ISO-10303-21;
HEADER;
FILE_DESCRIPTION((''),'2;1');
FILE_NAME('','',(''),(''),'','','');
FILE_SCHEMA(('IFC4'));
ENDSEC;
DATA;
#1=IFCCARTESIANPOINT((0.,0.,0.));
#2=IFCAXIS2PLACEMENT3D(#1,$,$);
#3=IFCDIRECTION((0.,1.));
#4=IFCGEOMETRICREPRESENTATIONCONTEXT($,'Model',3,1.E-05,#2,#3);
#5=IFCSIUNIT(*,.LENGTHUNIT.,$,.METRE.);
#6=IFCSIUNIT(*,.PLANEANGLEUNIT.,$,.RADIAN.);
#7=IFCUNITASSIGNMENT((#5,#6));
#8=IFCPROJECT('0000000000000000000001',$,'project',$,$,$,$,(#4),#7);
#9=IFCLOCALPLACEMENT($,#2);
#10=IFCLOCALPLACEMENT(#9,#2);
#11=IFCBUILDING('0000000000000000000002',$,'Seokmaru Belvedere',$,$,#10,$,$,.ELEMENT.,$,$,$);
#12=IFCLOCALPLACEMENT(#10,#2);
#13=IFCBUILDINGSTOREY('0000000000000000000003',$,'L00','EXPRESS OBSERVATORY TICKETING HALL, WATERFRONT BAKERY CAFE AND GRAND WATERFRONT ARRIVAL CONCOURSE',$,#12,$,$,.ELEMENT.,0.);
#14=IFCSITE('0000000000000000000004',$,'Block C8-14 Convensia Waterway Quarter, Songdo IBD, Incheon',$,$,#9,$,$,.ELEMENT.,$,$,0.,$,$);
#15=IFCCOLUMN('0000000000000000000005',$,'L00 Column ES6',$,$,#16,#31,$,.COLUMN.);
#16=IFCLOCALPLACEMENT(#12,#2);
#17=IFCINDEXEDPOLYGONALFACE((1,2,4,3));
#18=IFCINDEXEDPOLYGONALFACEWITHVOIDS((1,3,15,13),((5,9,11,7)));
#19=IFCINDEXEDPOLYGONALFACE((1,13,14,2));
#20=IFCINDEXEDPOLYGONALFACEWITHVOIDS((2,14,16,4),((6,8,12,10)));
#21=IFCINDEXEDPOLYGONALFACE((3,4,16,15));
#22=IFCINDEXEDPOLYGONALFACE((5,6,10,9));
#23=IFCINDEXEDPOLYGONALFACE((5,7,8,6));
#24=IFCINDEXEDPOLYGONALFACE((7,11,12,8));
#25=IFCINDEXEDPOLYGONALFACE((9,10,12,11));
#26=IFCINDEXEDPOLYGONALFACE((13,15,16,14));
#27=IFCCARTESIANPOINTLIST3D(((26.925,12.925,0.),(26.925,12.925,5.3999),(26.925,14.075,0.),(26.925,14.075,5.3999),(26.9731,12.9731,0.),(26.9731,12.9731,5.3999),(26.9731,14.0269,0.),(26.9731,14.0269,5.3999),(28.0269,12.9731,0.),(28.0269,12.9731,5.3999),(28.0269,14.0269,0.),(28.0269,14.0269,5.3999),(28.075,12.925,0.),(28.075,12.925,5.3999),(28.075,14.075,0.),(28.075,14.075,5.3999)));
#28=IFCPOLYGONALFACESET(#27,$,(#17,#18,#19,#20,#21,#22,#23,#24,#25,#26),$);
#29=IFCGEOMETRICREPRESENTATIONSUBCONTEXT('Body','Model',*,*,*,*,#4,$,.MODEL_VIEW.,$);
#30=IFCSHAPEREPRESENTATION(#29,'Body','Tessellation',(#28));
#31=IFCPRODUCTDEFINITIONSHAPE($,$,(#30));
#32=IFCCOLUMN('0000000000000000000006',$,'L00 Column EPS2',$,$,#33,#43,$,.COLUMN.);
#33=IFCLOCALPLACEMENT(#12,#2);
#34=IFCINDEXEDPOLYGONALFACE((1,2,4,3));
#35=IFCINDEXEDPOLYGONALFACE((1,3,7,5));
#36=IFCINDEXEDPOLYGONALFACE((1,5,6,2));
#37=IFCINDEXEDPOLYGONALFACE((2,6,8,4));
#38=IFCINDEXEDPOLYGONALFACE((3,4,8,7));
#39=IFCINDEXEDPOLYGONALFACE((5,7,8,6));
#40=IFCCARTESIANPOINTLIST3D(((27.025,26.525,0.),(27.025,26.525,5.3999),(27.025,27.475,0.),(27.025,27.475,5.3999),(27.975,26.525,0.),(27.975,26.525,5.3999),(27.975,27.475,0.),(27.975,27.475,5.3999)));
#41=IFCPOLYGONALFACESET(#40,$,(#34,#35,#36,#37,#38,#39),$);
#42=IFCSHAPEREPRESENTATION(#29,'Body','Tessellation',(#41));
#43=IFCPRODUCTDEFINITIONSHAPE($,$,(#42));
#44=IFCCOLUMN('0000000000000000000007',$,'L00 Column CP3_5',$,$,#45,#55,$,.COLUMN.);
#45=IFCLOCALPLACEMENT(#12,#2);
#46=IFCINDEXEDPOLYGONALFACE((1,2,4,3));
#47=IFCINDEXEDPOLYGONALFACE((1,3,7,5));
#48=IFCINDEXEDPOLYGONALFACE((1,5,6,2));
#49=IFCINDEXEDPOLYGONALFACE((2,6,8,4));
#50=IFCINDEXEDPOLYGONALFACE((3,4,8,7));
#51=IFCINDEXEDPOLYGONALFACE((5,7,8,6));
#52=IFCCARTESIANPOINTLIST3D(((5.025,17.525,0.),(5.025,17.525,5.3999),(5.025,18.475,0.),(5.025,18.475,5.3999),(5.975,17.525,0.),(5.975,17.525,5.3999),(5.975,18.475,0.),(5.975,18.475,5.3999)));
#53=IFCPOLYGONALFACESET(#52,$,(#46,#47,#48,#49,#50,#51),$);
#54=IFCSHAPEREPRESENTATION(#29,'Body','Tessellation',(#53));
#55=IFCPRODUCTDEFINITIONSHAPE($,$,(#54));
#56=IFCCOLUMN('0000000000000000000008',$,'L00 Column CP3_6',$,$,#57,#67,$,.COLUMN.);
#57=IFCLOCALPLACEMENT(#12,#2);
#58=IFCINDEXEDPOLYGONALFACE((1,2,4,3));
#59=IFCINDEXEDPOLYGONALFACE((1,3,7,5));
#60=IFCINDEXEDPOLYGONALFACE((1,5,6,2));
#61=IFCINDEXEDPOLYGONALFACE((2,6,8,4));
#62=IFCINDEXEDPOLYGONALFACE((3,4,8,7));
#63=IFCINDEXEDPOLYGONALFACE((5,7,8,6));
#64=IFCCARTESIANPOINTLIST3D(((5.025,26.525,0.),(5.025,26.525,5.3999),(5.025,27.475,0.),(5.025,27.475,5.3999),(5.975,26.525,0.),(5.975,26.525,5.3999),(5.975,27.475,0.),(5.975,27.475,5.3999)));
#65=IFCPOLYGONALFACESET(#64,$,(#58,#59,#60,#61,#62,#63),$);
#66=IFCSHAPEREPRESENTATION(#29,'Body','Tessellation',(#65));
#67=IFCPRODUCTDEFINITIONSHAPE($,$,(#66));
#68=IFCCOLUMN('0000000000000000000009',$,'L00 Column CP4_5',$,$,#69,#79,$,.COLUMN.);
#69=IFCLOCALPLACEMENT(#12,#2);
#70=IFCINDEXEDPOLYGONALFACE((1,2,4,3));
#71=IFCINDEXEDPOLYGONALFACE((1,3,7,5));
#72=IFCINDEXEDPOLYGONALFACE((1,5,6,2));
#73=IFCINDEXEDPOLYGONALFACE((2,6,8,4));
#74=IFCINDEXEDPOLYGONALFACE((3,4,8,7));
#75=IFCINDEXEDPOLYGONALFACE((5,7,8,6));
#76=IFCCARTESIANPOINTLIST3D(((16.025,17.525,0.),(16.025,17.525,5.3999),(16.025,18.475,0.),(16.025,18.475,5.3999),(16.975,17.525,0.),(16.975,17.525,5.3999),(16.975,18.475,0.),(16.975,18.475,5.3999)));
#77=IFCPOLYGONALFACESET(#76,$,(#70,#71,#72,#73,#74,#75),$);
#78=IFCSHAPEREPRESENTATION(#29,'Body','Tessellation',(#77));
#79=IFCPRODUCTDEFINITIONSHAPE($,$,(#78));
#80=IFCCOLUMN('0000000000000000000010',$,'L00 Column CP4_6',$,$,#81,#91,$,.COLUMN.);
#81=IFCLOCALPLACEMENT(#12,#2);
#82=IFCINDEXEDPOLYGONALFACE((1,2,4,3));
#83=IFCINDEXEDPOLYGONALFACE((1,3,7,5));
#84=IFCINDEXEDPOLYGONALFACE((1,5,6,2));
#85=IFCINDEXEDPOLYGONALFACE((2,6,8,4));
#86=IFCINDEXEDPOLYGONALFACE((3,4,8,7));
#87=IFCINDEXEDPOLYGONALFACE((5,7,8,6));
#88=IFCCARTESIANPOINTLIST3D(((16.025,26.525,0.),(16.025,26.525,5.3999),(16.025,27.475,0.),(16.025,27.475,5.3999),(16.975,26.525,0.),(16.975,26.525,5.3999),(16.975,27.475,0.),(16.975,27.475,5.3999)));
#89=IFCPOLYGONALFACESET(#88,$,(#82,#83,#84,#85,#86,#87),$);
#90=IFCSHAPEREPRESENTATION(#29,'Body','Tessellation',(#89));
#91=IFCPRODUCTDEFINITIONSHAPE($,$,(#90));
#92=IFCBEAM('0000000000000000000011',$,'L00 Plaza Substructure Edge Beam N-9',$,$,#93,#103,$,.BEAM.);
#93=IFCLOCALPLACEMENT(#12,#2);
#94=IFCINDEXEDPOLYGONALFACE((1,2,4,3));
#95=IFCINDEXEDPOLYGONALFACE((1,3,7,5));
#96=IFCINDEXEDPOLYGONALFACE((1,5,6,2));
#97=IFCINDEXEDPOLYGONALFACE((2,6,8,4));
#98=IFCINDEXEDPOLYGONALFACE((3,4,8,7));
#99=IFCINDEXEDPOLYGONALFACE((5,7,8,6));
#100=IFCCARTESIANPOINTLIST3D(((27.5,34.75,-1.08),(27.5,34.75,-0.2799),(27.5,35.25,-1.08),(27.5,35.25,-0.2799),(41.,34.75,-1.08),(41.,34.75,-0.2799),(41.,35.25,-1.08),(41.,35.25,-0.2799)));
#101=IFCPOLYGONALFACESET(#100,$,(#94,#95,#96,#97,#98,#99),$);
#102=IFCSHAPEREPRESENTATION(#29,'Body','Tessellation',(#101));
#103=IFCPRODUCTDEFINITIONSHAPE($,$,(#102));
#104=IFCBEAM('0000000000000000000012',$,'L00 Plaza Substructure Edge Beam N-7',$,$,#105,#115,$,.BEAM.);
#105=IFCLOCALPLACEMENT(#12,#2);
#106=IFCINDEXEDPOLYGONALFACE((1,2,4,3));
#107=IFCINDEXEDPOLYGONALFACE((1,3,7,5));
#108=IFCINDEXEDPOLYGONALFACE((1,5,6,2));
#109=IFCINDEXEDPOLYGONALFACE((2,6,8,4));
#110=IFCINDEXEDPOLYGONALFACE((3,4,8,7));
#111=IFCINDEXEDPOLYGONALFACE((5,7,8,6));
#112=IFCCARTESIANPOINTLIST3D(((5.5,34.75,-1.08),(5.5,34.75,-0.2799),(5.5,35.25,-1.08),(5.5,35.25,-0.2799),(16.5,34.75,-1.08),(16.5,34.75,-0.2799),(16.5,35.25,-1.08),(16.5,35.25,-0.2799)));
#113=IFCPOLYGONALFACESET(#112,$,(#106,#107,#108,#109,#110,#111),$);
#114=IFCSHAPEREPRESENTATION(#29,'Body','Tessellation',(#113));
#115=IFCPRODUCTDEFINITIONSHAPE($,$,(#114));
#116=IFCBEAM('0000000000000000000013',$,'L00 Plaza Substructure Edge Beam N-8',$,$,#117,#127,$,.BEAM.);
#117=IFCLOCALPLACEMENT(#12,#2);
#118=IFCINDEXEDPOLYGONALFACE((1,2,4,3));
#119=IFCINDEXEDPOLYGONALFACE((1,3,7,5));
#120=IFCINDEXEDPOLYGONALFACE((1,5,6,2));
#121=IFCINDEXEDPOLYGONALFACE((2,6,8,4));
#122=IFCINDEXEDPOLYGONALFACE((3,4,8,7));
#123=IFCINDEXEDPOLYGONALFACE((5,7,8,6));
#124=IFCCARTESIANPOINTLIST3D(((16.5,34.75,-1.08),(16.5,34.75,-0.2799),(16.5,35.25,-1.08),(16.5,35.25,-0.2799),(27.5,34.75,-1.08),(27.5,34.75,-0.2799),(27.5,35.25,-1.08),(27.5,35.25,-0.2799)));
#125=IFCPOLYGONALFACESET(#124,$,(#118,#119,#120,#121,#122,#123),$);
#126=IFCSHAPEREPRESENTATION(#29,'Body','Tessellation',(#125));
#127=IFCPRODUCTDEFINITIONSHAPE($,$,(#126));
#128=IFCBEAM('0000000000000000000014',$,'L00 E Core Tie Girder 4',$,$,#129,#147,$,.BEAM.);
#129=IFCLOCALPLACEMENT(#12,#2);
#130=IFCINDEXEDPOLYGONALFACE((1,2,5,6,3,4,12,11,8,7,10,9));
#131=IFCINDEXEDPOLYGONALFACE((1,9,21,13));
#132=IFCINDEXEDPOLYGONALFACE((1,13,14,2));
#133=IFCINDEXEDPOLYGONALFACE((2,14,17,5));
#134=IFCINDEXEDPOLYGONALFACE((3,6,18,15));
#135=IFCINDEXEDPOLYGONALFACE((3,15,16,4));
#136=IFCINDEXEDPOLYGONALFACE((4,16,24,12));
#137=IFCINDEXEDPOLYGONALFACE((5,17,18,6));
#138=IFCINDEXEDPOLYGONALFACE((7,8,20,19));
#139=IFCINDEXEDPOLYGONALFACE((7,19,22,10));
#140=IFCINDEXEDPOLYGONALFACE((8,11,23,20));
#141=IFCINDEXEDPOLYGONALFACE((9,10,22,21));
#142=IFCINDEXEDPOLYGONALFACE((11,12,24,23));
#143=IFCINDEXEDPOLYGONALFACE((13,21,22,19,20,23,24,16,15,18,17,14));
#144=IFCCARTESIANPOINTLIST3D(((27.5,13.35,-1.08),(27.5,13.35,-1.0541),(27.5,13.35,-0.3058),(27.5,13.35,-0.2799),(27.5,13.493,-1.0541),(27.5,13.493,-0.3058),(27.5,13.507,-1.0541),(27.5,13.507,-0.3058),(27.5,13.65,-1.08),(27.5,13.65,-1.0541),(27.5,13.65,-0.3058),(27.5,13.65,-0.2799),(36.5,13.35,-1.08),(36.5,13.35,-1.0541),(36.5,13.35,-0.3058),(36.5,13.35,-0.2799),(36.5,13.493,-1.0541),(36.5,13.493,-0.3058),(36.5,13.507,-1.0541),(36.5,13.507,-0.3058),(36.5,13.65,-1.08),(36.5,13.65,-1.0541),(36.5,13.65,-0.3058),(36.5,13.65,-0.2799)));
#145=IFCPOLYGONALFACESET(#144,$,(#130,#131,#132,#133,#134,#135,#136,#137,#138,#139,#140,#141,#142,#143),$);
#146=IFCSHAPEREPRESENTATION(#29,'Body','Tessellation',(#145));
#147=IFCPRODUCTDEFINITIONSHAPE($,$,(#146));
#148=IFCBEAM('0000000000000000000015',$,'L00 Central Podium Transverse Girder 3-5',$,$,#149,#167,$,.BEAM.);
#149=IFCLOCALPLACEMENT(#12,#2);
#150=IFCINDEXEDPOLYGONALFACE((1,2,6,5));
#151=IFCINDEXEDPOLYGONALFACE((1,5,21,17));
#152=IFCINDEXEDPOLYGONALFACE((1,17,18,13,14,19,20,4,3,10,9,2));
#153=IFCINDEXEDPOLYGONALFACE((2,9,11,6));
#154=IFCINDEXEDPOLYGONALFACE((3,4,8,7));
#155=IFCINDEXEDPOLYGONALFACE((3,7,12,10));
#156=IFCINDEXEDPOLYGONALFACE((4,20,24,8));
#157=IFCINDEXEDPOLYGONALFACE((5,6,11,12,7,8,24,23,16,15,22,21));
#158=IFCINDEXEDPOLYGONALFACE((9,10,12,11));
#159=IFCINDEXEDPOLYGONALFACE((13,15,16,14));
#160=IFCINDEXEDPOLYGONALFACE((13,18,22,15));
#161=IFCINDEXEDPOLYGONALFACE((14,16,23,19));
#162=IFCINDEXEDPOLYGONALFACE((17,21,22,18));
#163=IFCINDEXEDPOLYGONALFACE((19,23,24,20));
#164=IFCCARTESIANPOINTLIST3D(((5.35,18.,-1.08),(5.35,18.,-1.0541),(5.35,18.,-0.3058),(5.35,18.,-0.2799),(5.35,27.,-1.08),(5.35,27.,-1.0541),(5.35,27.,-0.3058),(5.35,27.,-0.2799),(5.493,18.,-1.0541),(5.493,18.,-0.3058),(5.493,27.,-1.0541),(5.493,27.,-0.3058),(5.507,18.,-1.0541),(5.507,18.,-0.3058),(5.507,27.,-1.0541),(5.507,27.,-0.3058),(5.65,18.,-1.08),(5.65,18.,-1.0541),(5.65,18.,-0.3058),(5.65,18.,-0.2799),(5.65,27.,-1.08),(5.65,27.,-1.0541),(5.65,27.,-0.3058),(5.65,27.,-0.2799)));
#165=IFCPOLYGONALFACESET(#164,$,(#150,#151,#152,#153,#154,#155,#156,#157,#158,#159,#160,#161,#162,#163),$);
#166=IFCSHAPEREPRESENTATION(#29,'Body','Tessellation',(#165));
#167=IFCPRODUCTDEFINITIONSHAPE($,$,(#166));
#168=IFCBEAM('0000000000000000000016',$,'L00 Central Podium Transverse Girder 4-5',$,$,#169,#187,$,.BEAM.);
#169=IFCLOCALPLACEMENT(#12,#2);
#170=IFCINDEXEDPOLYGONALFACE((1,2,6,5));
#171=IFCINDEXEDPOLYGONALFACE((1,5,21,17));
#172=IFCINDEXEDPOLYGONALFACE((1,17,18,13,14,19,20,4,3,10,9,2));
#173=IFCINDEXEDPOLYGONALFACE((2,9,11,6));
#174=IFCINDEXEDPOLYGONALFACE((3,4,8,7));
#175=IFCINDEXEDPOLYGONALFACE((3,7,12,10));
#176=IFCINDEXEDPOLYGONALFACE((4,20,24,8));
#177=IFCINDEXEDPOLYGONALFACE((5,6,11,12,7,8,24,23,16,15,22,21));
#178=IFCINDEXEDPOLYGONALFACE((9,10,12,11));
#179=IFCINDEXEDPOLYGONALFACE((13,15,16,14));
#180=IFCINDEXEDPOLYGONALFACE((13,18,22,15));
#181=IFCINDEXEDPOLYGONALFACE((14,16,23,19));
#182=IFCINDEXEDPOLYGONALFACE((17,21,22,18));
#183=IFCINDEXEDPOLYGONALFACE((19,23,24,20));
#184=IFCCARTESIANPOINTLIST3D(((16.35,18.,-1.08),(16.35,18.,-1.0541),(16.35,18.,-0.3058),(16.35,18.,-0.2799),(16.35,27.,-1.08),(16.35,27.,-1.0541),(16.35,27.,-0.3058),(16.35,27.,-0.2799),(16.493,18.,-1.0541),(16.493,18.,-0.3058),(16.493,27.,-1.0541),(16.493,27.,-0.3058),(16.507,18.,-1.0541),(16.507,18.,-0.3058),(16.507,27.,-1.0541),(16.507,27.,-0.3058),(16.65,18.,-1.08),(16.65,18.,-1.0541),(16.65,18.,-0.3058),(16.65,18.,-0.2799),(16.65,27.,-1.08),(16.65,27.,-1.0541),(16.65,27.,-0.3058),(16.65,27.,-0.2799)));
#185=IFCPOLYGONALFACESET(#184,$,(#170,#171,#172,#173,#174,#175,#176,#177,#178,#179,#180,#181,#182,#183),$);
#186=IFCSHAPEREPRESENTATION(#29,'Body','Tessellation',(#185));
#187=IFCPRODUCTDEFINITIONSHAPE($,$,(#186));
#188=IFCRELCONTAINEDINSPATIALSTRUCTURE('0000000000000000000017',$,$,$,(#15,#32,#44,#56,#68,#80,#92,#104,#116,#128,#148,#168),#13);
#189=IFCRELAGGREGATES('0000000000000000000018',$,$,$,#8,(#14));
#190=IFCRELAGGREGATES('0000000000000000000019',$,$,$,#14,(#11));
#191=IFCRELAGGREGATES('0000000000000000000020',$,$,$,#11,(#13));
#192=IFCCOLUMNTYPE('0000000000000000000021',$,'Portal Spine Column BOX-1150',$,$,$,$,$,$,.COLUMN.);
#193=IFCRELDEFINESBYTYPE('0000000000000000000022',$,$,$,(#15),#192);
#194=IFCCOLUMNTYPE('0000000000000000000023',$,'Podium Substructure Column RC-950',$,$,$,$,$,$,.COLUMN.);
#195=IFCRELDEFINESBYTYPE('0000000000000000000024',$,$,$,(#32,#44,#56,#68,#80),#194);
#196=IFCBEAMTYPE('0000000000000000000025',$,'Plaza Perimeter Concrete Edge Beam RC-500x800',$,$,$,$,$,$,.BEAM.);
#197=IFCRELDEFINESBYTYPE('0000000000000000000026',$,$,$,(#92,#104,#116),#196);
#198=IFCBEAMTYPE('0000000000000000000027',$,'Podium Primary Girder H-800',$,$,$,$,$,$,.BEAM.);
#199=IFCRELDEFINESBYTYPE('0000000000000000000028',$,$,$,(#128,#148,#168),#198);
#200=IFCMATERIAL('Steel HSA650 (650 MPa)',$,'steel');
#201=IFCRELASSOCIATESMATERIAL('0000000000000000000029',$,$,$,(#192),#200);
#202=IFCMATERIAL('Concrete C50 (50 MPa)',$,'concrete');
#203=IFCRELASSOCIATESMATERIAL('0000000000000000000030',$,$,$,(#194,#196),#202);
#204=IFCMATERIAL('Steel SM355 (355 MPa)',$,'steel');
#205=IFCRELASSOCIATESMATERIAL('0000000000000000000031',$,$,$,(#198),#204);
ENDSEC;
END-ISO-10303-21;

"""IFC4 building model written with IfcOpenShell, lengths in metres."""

from ifc_helpers import new_model, si_unit, direction, frame, origin, origin_2d, place, context, subcontext, project, spatial, rectangle, hollow_rectangle, i_section, extrude, source, transform, mapped, material, material_profile, profile_set, type_object, type_shapes, element, save


model = new_model("IFC4")

# Units and contexts
model_context = context("Model", 3, precision=1e-05, world=origin(), true_north=direction((0.0, 1.0)))
body_context = subcontext(model_context, "Body", "Model", "MODEL_VIEW")
ifc_project = project(units=[si_unit("LENGTHUNIT", "METRE"), si_unit("PLANEANGLEUNIT", "RADIAN")], contexts=[model_context])

# Site, building, storey
site_placement = place(None, origin())
site = spatial("IfcSite", under=ifc_project, at=site_placement, Name="Block C8-14 Convensia Waterway Quarter, Songdo IBD, Incheon", CompositionType="ELEMENT", RefElevation=0.0)
building_placement = place(site_placement, origin())
building = spatial("IfcBuilding", under=site, at=building_placement, Name="Seokmaru Belvedere", CompositionType="ELEMENT")
storey_placement = place(building_placement, origin())
storey = spatial("IfcBuildingStorey", under=building, at=storey_placement, Name="L00", Description="EXPRESS OBSERVATORY TICKETING HALL, WATERFRONT BAKERY CAFE AND GRAND WATERFRONT ARRIVAL CONCOURSE", CompositionType="ELEMENT", Elevation=0.0)

# Columns
ifc_material_1 = material(Name="Steel HSA650 (650 MPa)", Category="steel")
ifc_material_profile_1 = material_profile(ifc_material_1, hollow_rectangle(XDim=1.1499, YDim=1.1499, WallThickness=0.0481, at=origin_2d()), Name="BOX-1150x1150x48")
ifc_profile_set_1 = profile_set([ifc_material_profile_1], Name="Steel HSA650 (650 MPa)")
column_type_1 = type_object("IfcColumnType", Name="Portal Spine Column BOX-1150", PredefinedType="COLUMN", material=ifc_profile_set_1)
shared_shape_1 = source(origin(), body_context, "Body", "SweptSolid", [
    extrude(hollow_rectangle(XDim=1.1499, YDim=1.1499, WallThickness=0.0481, at=origin_2d()), origin(), (0.0, 0.0, 1.0), 5.3999),
])
type_shapes(column_type_1, [shared_shape_1])
column_placement = place(storey_placement, frame((27.5, 13.5, 0.0), z_axis=(0.0, 0.0, 1.0), x_axis=(1.0, 0.0, 0.0)))
element("IfcColumn", 1, at=column_placement, inside=storey, type_object=column_type_1, Name="L00 Column ES6", PredefinedType="COLUMN", context=body_context, shape_type="MappedRepresentation", body=[
    mapped(shared_shape_1, transform((0.0, 0.0, 0.0), scale=1.0)),
])
ifc_material_2 = material(Name="Concrete C50 (50 MPa)", Category="concrete")
ifc_material_profile_2 = material_profile(ifc_material_2, rectangle(XDim=0.95, YDim=0.95, at=origin_2d()), Name="RC-950x950")
ifc_profile_set_2 = profile_set([ifc_material_profile_2], Name="Concrete C50 (50 MPa)")
column_type_2 = type_object("IfcColumnType", Name="Podium Substructure Column RC-950", PredefinedType="COLUMN", material=ifc_profile_set_2)
shared_shape_2 = source(origin(), body_context, "Body", "SweptSolid", [
    extrude(rectangle(XDim=0.95, YDim=0.95, at=origin_2d()), origin(), (0.0, 0.0, 1.0), 5.3999),
])
type_shapes(column_type_2, [shared_shape_2])
for number, where, z_axis, x_axis, name in (
    (2, (27.5, 27.0, 0.0), (0.0, 0.0, 1.0), (1.0, 0.0, 0.0), "L00 Column EPS2"),
    (3, (5.5, 18.0, 0.0), (0.0, 0.0, 1.0), (1.0, 0.0, 0.0), "L00 Column CP3_5"),
    (4, (5.5, 27.0, 0.0), (0.0, 0.0, 1.0), (1.0, 0.0, 0.0), "L00 Column CP3_6"),
    (5, (16.5, 18.0, 0.0), (0.0, 0.0, 1.0), (1.0, 0.0, 0.0), "L00 Column CP4_5"),
    (6, (16.5, 27.0, 0.0), (0.0, 0.0, 1.0), (1.0, 0.0, 0.0), "L00 Column CP4_6"),
):
    element("IfcColumn", number, at=place(storey_placement, frame(where, z_axis=z_axis, x_axis=x_axis)), inside=storey, type_object=column_type_2, Name=name, PredefinedType="COLUMN", context=body_context, shape_type="MappedRepresentation", body=[
        mapped(shared_shape_2, transform((0.0, 0.0, 0.0), scale=1.0)),
    ])

# Beams
ifc_material_profile_3 = material_profile(ifc_material_2, rectangle(XDim=0.5, YDim=0.8, at=origin_2d()), Name="RC-500x800")
ifc_profile_set_3 = profile_set([ifc_material_profile_3], Name="Concrete C50 (50 MPa)")
beam_type_1 = type_object("IfcBeamType", Name="Plaza Perimeter Concrete Edge Beam RC-500x800", PredefinedType="BEAM", material=ifc_profile_set_3)
shared_shape_3 = source(origin(), body_context, "Body", "SweptSolid", [
    extrude(rectangle(XDim=0.5, YDim=0.8, at=origin_2d()), origin(), (0.0, 0.0, 1.0), 13.5),
])
beam_placement = place(storey_placement, frame((27.5, 35.0, -0.6799), z_axis=(1.0, 0.0, 0.0), x_axis=(0.0, 1.0, 0.0)))
element("IfcBeam", 7, at=beam_placement, inside=storey, type_object=beam_type_1, Name="L00 Plaza Substructure Edge Beam N-9", PredefinedType="BEAM", context=body_context, shape_type="MappedRepresentation", body=[
    mapped(shared_shape_3, transform((0.0, 0.0, 0.0), scale=1.0)),
])
shared_shape_4 = source(origin(), body_context, "Body", "SweptSolid", [
    extrude(rectangle(XDim=0.5, YDim=0.8, at=origin_2d()), origin(), (0.0, 0.0, 1.0), 11.0),
])
for number, where, z_axis, x_axis, name in (
    (8, (5.5, 35.0, -0.6799), (1.0, 0.0, 0.0), (0.0, 1.0, 0.0), "L00 Plaza Substructure Edge Beam N-7"),
    (9, (16.5, 35.0, -0.6799), (1.0, 0.0, 0.0), (0.0, 1.0, 0.0), "L00 Plaza Substructure Edge Beam N-8"),
):
    element("IfcBeam", number, at=place(storey_placement, frame(where, z_axis=z_axis, x_axis=x_axis)), inside=storey, type_object=beam_type_1, Name=name, PredefinedType="BEAM", context=body_context, shape_type="MappedRepresentation", body=[
        mapped(shared_shape_4, transform((0.0, 0.0, 0.0), scale=1.0)),
    ])
ifc_material_3 = material(Name="Steel SM355 (355 MPa)", Category="steel")
ifc_material_profile_4 = material_profile(ifc_material_3, i_section(OverallWidth=0.3, OverallDepth=0.8, WebThickness=0.0139, FlangeThickness=0.0259, at=origin_2d()), Name="H-800x300x14x26")
ifc_profile_set_4 = profile_set([ifc_material_profile_4], Name="Steel SM355 (355 MPa)")
beam_type_2 = type_object("IfcBeamType", Name="Podium Primary Girder H-800", PredefinedType="BEAM", material=ifc_profile_set_4)
shared_shape_5 = source(origin(), body_context, "Body", "SweptSolid", [
    extrude(i_section(OverallWidth=0.3, OverallDepth=0.8, WebThickness=0.0139, FlangeThickness=0.0259, at=origin_2d()), origin(), (0.0, 0.0, 1.0), 9.0),
])
for number, where, z_axis, x_axis, name in (
    (10, (27.5, 13.5, -0.6799), (1.0, 0.0, 0.0), (0.0, 1.0, 0.0), "L00 E Core Tie Girder 4"),
    (11, (5.5, 18.0, -0.6799), (0.0, 1.0, 0.0), (-1.0, 0.0, 0.0), "L00 Central Podium Transverse Girder 3-5"),
    (12, (16.5, 18.0, -0.6799), (0.0, 1.0, 0.0), (-1.0, 0.0, 0.0), "L00 Central Podium Transverse Girder 4-5"),
):
    element("IfcBeam", number, at=place(storey_placement, frame(where, z_axis=z_axis, x_axis=x_axis)), inside=storey, type_object=beam_type_2, Name=name, PredefinedType="BEAM", context=body_context, shape_type="MappedRepresentation", body=[
        mapped(shared_shape_5, transform((0.0, 0.0, 0.0), scale=1.0)),
    ])

save(model, "model.ifc")
